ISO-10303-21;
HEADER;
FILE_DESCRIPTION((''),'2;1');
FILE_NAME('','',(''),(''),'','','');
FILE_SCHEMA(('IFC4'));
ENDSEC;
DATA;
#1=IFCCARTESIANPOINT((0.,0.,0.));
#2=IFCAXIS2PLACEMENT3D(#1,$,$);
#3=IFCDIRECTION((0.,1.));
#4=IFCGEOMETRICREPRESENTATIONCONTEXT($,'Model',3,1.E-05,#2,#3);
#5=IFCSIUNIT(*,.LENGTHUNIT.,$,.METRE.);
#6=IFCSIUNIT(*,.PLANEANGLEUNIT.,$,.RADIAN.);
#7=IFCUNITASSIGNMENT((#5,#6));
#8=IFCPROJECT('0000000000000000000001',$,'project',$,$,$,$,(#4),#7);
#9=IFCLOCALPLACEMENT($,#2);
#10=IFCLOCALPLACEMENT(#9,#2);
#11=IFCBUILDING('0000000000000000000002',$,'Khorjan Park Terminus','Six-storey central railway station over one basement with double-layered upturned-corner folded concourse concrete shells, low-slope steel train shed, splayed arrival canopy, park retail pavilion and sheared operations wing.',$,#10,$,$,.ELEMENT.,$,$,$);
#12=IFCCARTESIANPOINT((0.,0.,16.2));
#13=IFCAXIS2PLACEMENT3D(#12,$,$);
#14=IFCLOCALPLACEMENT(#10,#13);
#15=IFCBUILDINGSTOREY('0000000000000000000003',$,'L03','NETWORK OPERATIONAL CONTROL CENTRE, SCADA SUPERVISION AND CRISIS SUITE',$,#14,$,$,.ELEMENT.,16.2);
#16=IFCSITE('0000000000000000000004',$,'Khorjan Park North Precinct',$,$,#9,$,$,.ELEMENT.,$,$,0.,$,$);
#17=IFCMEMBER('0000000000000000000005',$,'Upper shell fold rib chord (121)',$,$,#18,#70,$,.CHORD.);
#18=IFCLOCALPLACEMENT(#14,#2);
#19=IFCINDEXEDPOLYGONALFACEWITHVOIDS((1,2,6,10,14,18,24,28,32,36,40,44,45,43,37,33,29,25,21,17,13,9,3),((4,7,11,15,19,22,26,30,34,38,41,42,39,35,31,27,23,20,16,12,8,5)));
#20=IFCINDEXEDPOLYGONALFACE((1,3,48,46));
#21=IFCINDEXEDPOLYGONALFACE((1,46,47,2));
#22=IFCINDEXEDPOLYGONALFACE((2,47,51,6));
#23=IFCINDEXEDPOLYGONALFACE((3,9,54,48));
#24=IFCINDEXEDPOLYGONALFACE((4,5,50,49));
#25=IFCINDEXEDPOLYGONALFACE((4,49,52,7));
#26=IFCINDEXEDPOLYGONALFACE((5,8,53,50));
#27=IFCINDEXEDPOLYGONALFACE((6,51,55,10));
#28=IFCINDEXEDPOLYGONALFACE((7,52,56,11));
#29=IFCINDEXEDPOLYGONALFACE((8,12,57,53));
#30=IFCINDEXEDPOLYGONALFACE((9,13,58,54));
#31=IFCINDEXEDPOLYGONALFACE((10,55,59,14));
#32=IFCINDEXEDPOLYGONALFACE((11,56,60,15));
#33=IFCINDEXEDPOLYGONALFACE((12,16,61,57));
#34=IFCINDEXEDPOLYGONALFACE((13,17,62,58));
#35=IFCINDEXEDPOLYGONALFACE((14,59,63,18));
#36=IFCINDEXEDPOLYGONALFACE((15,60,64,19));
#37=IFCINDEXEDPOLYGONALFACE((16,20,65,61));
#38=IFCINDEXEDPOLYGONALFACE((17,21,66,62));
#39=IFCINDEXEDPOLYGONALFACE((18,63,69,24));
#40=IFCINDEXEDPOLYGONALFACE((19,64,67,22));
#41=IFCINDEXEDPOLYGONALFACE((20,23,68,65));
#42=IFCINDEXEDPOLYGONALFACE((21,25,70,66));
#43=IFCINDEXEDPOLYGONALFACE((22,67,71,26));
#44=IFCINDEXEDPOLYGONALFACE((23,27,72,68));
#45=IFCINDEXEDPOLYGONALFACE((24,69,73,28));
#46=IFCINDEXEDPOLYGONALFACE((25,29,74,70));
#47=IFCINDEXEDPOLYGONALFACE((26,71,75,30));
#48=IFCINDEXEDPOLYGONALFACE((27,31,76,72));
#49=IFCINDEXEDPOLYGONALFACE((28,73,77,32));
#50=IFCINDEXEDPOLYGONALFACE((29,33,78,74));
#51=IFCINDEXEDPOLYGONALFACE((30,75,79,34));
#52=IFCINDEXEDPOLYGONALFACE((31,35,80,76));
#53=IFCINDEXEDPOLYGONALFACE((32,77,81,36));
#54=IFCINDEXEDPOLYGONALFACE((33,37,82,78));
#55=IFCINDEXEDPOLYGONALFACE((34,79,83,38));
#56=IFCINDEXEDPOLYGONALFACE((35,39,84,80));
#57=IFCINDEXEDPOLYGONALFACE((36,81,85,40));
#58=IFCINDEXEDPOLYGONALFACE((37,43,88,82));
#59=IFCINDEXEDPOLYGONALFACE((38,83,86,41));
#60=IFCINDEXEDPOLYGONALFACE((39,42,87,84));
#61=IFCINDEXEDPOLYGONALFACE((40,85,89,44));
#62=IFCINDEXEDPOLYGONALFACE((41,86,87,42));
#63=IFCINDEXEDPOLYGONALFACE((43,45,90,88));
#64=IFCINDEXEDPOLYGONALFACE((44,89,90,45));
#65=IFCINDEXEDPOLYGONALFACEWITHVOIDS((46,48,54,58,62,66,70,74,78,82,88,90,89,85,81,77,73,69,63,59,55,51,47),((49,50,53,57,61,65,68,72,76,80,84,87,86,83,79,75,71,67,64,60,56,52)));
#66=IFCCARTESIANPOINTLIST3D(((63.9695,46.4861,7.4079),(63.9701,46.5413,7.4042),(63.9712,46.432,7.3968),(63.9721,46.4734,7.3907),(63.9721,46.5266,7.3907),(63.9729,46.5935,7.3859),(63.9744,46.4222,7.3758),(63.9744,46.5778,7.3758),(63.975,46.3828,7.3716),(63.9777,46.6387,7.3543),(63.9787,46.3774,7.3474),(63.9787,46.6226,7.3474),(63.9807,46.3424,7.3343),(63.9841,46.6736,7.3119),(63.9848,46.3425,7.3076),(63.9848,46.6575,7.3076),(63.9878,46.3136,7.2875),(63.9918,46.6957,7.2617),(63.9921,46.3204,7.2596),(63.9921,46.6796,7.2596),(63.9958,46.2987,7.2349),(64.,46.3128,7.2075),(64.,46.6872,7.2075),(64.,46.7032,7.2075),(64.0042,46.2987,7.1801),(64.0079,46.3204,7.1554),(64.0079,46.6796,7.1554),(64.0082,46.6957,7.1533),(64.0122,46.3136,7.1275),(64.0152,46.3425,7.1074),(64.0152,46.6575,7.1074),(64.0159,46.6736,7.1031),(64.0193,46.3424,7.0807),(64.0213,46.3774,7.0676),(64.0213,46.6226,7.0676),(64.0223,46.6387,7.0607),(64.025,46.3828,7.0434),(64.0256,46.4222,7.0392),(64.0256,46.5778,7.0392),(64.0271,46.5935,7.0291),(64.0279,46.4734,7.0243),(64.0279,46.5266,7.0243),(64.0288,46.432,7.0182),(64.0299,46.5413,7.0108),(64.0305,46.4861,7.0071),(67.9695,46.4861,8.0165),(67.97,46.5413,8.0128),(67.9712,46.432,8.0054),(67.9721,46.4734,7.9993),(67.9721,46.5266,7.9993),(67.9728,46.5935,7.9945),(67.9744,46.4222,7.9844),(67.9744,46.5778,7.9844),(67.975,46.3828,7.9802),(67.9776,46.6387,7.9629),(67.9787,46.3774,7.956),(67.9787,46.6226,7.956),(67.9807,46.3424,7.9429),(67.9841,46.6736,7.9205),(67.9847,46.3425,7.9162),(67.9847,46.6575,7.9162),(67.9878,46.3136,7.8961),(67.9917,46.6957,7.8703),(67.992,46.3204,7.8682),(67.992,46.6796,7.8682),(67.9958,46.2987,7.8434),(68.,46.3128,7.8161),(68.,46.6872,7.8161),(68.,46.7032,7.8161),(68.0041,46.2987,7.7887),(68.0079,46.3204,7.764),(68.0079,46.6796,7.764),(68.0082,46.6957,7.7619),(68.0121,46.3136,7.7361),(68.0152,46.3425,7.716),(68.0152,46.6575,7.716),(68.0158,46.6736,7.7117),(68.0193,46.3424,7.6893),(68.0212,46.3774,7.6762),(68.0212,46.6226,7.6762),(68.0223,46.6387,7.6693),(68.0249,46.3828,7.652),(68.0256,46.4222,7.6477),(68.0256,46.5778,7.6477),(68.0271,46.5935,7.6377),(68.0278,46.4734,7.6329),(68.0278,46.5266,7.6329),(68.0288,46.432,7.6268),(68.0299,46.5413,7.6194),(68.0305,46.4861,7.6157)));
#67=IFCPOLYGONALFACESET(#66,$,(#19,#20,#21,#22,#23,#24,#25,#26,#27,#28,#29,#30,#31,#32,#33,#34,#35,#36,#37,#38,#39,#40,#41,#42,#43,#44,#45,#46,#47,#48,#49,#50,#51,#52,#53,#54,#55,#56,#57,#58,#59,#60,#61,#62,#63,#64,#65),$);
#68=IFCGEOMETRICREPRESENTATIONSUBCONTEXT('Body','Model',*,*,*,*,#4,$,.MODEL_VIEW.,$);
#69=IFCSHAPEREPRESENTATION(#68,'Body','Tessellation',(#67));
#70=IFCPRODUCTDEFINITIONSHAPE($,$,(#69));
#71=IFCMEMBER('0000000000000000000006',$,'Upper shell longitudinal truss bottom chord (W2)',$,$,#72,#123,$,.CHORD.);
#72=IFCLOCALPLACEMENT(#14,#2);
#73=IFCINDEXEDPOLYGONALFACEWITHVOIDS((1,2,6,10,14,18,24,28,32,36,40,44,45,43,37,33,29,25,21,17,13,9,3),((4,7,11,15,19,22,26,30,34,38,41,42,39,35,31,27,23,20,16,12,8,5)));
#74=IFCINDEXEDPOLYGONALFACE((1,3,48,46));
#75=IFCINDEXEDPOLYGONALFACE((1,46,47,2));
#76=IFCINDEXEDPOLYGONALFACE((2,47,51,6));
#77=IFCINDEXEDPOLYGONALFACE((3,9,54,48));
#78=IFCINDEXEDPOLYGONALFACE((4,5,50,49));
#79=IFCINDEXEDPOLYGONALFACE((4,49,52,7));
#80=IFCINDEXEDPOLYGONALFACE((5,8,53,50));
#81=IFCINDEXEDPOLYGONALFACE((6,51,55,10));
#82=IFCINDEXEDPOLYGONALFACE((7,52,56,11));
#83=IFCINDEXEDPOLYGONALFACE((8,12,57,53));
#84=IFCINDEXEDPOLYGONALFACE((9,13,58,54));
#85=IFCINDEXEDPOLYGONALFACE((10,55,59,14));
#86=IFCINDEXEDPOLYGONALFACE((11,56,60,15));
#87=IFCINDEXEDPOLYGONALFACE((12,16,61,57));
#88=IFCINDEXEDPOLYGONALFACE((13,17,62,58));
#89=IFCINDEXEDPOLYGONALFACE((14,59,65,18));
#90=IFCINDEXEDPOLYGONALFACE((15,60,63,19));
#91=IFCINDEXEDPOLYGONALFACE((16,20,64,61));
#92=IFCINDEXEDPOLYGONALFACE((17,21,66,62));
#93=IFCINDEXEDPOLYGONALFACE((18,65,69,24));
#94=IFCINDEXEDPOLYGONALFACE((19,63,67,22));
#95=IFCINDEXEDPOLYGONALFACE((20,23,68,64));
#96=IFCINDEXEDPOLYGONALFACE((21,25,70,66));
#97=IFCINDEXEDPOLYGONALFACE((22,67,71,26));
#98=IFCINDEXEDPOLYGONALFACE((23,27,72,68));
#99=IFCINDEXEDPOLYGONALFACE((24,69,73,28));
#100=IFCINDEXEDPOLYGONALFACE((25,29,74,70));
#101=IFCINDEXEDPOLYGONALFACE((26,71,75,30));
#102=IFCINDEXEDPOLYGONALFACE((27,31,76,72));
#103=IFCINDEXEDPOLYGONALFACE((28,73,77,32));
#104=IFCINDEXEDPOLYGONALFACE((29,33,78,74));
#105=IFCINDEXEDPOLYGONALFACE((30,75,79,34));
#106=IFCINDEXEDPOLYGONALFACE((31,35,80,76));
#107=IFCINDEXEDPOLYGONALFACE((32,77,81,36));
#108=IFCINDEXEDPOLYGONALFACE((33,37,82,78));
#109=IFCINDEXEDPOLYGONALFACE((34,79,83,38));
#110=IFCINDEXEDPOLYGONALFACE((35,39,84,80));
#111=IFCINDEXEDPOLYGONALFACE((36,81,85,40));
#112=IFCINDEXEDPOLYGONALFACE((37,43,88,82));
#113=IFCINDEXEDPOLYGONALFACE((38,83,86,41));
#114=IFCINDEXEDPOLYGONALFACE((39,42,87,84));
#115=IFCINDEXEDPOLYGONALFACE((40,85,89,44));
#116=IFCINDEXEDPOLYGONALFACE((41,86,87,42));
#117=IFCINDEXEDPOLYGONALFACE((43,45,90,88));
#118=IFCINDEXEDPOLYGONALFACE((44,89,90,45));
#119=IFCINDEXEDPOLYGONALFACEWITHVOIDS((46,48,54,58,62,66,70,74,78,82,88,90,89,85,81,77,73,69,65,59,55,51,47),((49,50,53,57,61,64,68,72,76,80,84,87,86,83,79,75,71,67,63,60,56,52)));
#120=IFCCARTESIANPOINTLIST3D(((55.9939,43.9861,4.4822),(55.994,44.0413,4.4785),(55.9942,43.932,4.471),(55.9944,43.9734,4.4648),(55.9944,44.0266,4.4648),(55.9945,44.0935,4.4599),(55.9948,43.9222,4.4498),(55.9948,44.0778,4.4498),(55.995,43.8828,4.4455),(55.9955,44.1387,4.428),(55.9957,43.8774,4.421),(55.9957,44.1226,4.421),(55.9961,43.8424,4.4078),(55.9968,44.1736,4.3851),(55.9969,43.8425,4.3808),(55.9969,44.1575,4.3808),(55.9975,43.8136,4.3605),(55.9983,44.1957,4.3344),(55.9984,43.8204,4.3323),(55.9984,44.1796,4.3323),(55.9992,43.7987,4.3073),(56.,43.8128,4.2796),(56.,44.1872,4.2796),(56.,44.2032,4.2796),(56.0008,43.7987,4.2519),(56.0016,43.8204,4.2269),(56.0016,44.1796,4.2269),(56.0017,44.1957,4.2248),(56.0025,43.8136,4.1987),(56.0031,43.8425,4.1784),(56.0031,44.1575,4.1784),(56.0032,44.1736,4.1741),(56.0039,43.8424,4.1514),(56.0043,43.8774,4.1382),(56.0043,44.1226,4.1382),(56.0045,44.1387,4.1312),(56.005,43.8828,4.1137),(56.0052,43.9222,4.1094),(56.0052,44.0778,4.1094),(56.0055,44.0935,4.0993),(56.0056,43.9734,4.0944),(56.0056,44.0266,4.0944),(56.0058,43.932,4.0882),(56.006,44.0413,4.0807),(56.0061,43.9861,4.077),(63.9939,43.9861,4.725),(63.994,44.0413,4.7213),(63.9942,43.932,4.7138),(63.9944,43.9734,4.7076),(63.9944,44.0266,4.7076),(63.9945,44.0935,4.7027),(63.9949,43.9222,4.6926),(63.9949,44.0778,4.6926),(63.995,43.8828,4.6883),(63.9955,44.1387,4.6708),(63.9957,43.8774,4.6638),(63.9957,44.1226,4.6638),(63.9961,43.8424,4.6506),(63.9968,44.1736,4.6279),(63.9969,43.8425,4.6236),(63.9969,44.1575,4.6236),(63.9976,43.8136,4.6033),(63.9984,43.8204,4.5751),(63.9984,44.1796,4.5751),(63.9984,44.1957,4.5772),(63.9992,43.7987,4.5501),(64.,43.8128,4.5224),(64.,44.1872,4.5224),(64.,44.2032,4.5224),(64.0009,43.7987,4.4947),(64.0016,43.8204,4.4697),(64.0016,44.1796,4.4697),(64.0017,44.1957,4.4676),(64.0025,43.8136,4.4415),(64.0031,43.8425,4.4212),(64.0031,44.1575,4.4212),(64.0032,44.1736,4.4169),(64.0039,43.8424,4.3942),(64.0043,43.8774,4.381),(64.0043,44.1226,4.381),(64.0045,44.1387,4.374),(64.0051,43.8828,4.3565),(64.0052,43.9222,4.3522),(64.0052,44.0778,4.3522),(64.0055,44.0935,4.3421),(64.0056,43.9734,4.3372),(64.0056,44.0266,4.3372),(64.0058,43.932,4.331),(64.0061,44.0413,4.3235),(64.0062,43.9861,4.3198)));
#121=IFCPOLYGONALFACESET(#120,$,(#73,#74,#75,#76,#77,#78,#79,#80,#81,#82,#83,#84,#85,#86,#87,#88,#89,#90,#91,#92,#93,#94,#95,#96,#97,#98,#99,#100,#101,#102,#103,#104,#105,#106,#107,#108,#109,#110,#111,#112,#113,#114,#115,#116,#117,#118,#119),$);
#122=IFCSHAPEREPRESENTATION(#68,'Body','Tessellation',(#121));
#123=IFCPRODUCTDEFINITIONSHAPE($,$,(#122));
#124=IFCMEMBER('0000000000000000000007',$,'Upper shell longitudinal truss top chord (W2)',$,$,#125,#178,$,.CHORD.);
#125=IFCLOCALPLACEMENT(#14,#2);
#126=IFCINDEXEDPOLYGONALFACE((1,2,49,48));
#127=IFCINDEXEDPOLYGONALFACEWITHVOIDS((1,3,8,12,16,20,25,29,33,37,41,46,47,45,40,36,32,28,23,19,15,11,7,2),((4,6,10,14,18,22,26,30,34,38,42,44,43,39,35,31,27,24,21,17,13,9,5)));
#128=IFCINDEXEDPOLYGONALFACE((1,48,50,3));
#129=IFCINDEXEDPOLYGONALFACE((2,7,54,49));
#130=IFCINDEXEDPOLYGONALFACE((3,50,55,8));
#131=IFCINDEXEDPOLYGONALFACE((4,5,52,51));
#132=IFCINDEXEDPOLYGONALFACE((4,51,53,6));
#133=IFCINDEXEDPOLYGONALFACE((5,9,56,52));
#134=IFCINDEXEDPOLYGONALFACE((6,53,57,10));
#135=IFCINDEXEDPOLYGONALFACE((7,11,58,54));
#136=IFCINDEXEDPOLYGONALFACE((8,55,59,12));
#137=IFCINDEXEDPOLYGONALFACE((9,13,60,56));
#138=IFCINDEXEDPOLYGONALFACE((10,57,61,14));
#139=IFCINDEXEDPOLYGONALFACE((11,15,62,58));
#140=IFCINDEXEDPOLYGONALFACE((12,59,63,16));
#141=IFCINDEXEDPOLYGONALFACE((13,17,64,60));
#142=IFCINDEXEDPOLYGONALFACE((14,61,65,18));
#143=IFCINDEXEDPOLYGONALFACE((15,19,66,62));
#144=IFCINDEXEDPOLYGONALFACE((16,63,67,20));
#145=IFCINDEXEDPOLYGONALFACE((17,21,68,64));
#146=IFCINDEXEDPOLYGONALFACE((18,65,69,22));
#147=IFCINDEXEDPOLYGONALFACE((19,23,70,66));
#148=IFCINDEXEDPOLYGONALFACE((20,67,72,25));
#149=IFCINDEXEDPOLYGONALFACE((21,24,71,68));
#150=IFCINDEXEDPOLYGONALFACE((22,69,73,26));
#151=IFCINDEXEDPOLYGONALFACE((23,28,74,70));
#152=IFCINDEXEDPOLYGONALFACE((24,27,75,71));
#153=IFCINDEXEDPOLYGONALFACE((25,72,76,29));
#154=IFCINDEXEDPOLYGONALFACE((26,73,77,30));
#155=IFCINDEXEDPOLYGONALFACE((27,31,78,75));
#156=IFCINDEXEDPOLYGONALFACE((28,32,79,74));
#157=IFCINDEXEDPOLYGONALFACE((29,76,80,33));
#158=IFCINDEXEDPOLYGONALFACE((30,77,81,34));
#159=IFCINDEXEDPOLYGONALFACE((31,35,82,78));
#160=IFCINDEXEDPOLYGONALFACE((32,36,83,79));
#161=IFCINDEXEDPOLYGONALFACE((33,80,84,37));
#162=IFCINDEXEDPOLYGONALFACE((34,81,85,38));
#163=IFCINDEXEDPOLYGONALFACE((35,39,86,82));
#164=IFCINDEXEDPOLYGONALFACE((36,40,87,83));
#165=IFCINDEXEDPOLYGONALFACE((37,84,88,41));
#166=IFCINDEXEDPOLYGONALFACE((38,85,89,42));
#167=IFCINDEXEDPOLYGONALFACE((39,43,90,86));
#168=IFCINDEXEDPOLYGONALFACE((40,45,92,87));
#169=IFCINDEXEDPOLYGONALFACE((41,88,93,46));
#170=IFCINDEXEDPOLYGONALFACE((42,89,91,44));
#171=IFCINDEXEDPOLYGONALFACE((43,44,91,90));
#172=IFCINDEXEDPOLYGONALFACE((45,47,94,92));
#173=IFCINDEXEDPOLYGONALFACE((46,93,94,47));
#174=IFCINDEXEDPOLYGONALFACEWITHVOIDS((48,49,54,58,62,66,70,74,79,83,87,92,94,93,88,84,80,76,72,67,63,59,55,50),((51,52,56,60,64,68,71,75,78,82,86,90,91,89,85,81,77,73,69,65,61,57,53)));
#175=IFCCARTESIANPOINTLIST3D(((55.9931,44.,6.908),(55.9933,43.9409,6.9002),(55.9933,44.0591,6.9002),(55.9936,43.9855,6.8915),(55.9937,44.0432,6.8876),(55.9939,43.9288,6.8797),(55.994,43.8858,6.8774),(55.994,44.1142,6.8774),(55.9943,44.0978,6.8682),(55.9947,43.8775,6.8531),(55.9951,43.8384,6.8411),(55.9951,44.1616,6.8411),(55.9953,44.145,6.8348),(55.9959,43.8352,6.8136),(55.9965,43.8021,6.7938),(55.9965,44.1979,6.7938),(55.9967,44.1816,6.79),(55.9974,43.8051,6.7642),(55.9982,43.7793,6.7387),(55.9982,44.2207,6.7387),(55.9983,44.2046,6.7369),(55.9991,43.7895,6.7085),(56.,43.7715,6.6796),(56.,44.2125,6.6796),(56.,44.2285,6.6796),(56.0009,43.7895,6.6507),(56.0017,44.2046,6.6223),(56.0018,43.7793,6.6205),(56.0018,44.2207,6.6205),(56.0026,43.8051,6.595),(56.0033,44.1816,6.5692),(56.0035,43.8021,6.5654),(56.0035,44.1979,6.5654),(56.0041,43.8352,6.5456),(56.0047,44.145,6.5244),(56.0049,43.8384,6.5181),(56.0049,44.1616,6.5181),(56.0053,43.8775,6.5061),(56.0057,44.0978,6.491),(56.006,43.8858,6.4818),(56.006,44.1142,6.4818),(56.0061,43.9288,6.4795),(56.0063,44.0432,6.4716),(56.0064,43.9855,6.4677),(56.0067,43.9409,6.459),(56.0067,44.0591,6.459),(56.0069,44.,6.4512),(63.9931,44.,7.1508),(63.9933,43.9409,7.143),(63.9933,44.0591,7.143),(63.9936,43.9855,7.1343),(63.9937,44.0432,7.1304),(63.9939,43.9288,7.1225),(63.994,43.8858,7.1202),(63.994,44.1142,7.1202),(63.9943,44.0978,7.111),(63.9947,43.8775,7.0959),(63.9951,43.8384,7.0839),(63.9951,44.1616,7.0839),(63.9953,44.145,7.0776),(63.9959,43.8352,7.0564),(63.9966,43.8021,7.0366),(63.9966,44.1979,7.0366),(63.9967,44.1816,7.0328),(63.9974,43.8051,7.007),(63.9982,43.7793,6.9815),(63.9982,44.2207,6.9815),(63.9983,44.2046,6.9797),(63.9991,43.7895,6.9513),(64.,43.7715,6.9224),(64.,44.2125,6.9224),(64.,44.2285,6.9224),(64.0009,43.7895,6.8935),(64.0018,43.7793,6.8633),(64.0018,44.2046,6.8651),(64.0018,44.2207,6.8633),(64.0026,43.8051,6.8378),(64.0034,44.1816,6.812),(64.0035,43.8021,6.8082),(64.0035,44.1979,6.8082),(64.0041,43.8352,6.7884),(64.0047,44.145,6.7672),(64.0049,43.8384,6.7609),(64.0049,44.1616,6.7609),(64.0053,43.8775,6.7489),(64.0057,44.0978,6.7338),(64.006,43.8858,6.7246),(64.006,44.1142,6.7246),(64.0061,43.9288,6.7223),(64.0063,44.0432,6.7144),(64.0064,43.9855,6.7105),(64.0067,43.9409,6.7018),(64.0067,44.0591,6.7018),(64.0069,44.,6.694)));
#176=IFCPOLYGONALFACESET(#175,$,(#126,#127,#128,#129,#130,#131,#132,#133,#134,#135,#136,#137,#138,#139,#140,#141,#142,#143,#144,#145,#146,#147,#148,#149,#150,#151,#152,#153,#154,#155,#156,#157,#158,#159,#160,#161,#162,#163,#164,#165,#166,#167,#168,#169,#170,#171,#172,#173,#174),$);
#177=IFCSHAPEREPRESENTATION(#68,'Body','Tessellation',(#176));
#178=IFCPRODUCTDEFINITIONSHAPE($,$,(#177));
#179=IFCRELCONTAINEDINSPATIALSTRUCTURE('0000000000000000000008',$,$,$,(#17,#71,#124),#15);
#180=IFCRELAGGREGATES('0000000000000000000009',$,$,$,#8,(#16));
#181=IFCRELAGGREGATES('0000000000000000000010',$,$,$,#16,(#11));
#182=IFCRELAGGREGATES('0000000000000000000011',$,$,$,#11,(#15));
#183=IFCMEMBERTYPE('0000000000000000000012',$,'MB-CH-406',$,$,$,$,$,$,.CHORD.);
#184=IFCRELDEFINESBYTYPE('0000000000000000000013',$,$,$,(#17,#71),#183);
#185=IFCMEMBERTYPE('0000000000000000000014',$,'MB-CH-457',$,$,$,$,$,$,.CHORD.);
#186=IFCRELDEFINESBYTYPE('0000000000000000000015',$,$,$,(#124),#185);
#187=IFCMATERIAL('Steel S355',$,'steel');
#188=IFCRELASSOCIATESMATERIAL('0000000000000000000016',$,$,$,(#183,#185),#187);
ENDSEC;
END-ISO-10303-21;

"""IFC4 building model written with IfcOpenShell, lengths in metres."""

from ifc_helpers import new_model, si_unit, direction, frame, origin, origin_2d, place, context, subcontext, project, spatial, hollow_circle, extrude, material, material_profile, profile_set, type_object, element, save


model = new_model("IFC4")

# Units and contexts
model_context = context("Model", 3, precision=1e-05, world=origin(), true_north=direction((0.0, 1.0)))
body_context = subcontext(model_context, "Body", "Model", "MODEL_VIEW")
ifc_project = project(units=[si_unit("LENGTHUNIT", "METRE"), si_unit("PLANEANGLEUNIT", "RADIAN")], contexts=[model_context])

# Site, building, storey
site_placement = place(None, origin())
site = spatial("IfcSite", under=ifc_project, at=site_placement, Name="Khorjan Park North Precinct", CompositionType="ELEMENT", RefElevation=0.0)
building_placement = place(site_placement, origin())
building = spatial("IfcBuilding", under=site, at=building_placement, Name="Khorjan Park Terminus", Description="Six-storey central railway station over one basement with double-layered upturned-corner folded concourse concrete shells, low-slope steel train shed, splayed arrival canopy, park retail pavilion and sheared operations wing.", CompositionType="ELEMENT")
storey_placement = place(building_placement, frame((0.0, 0.0, 16.2)))
storey = spatial("IfcBuildingStorey", under=building, at=storey_placement, Name="L03", Description="NETWORK OPERATIONAL CONTROL CENTRE, SCADA SUPERVISION AND CRISIS SUITE", CompositionType="ELEMENT", Elevation=16.2)

# Members
ifc_material_1 = material(Name="Steel S355", Category="steel")
ifc_material_profile_1 = material_profile(ifc_material_1, hollow_circle(Radius=0.2032, WallThickness=0.016, at=origin_2d()), Name="CHS 406.4x16")
ifc_profile_set_1 = profile_set([ifc_material_profile_1], Name="Steel S355")
member_type_1 = type_object("IfcMemberType", Name="MB-CH-406", PredefinedType="CHORD", material=ifc_profile_set_1)
member_1_placement = place(storey_placement, frame((64.0, 46.5, 7.2075), z_axis=(0.988622, 0.0, 0.150419), x_axis=(0.0, 1.0, 0.0)))
element("IfcMember", 1, at=member_1_placement, inside=storey, type_object=member_type_1, Name="Upper shell fold rib chord (121)", PredefinedType="CHORD", context=body_context, shape_type="SweptSolid", body=[
    extrude(hollow_circle(Radius=0.2032, WallThickness=0.016, at=origin_2d()), origin(), (0.0, 0.0, 1.0), 4.046),
])
member_2_placement = place(storey_placement, frame((56.0, 44.0, 4.2796), z_axis=(0.99954, 0.0, 0.030336), x_axis=(0.0, 1.0, 0.0)))
element("IfcMember", 2, at=member_2_placement, inside=storey, type_object=member_type_1, Name="Upper shell longitudinal truss bottom chord (W2)", PredefinedType="CHORD", context=body_context, shape_type="SweptSolid", body=[
    extrude(hollow_circle(Radius=0.2032, WallThickness=0.016, at=origin_2d()), origin(), (0.0, 0.0, 1.0), 8.0037),
])
ifc_material_profile_2 = material_profile(ifc_material_1, hollow_circle(Radius=0.2285, WallThickness=0.016, at=origin_2d()), Name="CHS 457x16")
ifc_profile_set_2 = profile_set([ifc_material_profile_2], Name="Steel S355")
member_type_2 = type_object("IfcMemberType", Name="MB-CH-457", PredefinedType="CHORD", material=ifc_profile_set_2)
member_3_placement = place(storey_placement, frame((56.0, 44.0, 6.6796), z_axis=(0.99954, 0.0, 0.030336), x_axis=(0.0, 1.0, 0.0)))
element("IfcMember", 3, at=member_3_placement, inside=storey, type_object=member_type_2, Name="Upper shell longitudinal truss top chord (W2)", PredefinedType="CHORD", context=body_context, shape_type="SweptSolid", body=[
    extrude(hollow_circle(Radius=0.2285, WallThickness=0.016, at=origin_2d()), origin(), (0.0, 0.0, 1.0), 8.0037),
])

save(model, "model.ifc")
